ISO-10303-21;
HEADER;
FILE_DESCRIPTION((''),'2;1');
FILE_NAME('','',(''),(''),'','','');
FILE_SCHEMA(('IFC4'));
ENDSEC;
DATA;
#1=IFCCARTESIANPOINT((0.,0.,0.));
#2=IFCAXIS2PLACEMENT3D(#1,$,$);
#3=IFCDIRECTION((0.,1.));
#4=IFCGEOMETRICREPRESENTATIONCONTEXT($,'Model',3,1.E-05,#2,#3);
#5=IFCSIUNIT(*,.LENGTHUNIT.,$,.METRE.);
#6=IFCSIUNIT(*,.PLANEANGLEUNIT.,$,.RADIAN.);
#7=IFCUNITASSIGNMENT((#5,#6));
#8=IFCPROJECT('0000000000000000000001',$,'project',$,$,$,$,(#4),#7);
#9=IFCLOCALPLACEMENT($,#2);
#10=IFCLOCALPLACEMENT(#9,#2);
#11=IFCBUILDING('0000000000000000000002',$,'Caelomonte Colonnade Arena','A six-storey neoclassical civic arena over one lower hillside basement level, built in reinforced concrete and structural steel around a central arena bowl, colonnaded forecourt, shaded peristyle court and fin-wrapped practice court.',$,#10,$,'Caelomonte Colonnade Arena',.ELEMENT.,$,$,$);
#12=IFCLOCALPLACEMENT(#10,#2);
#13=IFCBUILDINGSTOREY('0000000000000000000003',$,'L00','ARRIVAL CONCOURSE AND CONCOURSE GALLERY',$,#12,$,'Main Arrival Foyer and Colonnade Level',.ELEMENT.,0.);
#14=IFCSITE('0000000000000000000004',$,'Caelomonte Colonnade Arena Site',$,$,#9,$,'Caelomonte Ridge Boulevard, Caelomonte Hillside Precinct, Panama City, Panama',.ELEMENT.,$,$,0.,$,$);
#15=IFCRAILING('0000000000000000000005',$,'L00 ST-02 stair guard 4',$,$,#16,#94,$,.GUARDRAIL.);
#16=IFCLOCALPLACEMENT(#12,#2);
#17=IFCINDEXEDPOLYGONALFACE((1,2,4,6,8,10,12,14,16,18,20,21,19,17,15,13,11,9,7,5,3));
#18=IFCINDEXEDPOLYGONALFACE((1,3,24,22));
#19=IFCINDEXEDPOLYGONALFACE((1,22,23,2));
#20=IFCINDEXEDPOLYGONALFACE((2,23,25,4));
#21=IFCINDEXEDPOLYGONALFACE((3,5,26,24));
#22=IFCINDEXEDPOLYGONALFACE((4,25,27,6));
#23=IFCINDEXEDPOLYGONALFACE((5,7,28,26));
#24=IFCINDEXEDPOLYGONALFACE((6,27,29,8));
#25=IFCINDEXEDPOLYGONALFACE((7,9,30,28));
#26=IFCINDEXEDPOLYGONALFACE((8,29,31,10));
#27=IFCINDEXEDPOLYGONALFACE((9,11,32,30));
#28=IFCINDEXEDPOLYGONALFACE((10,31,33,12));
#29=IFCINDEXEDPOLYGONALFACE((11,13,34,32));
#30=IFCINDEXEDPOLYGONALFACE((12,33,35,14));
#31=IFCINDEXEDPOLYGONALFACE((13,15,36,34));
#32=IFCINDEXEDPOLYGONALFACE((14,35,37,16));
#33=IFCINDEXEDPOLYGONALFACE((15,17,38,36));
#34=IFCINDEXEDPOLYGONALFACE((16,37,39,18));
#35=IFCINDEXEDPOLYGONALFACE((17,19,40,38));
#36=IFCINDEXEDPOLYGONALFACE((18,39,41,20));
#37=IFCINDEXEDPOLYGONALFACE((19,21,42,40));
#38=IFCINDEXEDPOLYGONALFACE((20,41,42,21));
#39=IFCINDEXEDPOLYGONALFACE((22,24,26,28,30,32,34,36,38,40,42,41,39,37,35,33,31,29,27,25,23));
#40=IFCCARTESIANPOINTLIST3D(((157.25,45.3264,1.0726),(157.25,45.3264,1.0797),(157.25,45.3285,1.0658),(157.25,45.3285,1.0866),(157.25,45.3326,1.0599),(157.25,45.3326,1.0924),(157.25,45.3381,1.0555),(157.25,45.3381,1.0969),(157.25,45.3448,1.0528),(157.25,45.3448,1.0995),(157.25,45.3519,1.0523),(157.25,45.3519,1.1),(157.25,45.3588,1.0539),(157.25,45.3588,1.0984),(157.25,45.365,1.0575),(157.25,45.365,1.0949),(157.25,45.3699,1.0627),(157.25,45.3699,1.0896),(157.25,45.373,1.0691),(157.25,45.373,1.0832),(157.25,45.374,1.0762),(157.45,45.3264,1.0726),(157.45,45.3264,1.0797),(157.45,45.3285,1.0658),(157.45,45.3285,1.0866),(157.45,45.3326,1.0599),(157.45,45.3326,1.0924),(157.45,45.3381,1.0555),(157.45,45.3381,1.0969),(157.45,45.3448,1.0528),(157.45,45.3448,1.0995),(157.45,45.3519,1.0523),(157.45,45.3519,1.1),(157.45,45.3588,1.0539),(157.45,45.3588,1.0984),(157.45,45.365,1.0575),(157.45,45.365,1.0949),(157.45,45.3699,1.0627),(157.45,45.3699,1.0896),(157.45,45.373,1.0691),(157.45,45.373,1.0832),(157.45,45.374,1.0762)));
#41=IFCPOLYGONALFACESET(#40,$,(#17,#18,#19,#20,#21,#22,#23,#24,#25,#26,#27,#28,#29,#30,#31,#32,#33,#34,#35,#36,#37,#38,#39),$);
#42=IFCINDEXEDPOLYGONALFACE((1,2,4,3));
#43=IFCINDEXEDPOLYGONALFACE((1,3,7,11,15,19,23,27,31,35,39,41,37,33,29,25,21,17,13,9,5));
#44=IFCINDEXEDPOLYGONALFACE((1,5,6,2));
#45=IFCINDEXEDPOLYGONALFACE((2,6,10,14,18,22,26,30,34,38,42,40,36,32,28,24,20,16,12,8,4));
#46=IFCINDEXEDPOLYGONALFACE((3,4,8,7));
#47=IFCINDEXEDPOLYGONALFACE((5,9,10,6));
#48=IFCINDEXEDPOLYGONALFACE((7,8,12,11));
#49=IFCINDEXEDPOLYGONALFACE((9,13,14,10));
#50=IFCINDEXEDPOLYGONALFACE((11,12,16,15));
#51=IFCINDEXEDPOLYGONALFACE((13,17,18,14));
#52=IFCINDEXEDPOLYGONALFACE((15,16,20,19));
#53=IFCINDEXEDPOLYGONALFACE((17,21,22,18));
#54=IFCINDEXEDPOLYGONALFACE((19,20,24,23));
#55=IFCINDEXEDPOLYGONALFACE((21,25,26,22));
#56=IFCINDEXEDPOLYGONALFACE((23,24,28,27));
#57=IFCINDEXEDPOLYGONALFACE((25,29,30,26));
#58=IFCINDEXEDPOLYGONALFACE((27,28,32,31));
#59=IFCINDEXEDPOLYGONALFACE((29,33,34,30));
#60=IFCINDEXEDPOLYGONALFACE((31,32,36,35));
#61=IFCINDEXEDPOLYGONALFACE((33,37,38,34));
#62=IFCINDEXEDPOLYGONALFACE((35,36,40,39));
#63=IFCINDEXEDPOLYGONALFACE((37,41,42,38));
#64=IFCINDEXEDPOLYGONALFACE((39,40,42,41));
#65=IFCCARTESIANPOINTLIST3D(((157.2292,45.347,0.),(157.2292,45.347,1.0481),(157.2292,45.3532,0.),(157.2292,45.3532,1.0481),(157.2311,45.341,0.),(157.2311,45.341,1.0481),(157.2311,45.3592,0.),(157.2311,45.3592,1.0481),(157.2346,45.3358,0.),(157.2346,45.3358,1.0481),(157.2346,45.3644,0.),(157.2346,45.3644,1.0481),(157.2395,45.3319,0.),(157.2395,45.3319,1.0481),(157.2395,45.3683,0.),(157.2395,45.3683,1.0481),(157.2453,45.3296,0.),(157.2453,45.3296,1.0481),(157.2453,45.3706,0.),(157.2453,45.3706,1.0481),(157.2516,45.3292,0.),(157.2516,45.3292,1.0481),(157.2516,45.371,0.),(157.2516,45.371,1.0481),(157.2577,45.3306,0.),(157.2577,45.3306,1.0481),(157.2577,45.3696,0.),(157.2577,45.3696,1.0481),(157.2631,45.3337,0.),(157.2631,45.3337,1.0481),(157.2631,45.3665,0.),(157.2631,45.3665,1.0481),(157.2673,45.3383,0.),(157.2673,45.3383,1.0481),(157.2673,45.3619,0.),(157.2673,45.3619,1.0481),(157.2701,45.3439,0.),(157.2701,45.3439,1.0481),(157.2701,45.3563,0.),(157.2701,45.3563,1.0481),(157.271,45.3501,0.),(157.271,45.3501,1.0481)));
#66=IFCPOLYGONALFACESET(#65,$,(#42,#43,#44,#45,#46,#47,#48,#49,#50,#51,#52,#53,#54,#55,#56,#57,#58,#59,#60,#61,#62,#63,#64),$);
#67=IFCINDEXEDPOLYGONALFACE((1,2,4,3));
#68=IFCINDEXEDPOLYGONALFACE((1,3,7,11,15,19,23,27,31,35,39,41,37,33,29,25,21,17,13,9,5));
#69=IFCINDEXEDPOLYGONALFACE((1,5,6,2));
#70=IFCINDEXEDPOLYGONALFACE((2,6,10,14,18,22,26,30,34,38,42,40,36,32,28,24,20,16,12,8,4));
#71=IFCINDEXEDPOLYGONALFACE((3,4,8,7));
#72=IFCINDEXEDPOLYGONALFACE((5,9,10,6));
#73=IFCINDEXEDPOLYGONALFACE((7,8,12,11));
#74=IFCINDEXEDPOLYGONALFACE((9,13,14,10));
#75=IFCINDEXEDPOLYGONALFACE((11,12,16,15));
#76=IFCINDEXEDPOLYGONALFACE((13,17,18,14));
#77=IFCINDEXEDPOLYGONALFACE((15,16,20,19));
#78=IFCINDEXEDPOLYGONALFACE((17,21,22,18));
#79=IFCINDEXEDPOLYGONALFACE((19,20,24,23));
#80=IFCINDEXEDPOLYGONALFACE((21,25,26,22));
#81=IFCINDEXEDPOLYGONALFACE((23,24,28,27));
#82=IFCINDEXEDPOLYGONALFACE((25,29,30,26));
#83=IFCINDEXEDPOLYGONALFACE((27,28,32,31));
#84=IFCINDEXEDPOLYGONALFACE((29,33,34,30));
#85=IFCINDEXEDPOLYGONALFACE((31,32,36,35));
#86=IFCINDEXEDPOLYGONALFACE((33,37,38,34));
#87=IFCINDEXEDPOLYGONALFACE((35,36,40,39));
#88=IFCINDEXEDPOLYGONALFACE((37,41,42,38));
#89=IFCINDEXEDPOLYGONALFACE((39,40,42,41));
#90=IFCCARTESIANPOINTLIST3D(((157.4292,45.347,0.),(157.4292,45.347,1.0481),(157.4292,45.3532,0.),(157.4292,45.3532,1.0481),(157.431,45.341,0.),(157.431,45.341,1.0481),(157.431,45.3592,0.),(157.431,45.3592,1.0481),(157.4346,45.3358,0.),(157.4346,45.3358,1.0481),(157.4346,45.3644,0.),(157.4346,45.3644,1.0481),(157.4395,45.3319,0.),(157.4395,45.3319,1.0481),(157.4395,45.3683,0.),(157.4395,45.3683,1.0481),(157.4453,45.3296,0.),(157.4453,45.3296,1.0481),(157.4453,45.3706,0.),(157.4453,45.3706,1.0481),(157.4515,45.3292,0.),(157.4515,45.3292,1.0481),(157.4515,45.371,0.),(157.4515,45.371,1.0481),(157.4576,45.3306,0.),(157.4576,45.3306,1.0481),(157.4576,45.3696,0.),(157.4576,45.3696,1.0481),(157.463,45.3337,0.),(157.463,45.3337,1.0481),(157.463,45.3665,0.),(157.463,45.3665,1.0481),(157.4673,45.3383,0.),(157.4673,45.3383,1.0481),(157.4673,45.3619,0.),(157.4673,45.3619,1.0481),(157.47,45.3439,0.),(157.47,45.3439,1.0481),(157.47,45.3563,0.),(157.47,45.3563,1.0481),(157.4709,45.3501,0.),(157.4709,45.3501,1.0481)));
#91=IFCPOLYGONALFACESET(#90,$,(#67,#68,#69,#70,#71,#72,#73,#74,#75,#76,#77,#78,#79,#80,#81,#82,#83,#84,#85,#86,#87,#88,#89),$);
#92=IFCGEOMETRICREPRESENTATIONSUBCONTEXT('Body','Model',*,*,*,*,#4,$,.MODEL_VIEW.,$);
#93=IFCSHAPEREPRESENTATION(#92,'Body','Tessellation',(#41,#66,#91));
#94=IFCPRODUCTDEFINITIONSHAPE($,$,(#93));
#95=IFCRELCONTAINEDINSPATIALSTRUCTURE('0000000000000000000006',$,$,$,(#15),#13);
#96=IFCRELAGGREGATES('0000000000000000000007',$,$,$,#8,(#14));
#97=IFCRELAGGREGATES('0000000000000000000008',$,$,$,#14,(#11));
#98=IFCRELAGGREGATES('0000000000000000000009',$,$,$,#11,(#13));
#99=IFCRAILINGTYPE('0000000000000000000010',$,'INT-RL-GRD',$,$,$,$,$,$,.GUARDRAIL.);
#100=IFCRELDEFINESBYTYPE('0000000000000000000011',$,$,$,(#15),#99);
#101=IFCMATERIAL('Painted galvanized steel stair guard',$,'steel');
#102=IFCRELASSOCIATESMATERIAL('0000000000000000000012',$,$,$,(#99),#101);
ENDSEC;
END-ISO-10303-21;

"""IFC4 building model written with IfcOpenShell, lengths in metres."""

from ifc_helpers import new_model, si_unit, direction, frame, origin, origin_2d, place, context, subcontext, project, spatial, circle, extrude, material, type_object, element, save


model = new_model("IFC4")

# Units and contexts
model_context = context("Model", 3, precision=1e-05, world=origin(), true_north=direction((0.0, 1.0)))
body_context = subcontext(model_context, "Body", "Model", "MODEL_VIEW")
ifc_project = project(units=[si_unit("LENGTHUNIT", "METRE"), si_unit("PLANEANGLEUNIT", "RADIAN")], contexts=[model_context])

# Site, building, storey
site_placement = place(None, origin())
site = spatial("IfcSite", under=ifc_project, at=site_placement, Name="Caelomonte Colonnade Arena Site", LongName="Caelomonte Ridge Boulevard, Caelomonte Hillside Precinct, Panama City, Panama", CompositionType="ELEMENT", RefElevation=0.0)
building_placement = place(site_placement, origin())
building = spatial("IfcBuilding", under=site, at=building_placement, Name="Caelomonte Colonnade Arena", Description="A six-storey neoclassical civic arena over one lower hillside basement level, built in reinforced concrete and structural steel around a central arena bowl, colonnaded forecourt, shaded peristyle court and fin-wrapped practice court.", LongName="Caelomonte Colonnade Arena", CompositionType="ELEMENT")
storey_placement = place(building_placement, origin())
storey = spatial("IfcBuildingStorey", under=building, at=storey_placement, Name="L00", Description="ARRIVAL CONCOURSE AND CONCOURSE GALLERY", LongName="Main Arrival Foyer and Colonnade Level", CompositionType="ELEMENT", Elevation=0.0)

# Railing
ifc_material_1 = material(Name="Painted galvanized steel stair guard", Category="steel")
railing_type_1 = type_object("IfcRailingType", Name="INT-RL-GRD", PredefinedType="GUARDRAIL", material=ifc_material_1)
railing_1_placement = place(storey_placement, frame((157.25, 45.3501, 0.0)))
element("IfcRailing", 1, at=railing_1_placement, inside=storey, type_object=railing_type_1, Name="L00 ST-02 stair guard 4", PredefinedType="GUARDRAIL", context=body_context, shape_type="SweptSolid", body=[
    extrude(circle(Radius=0.0239, at=origin_2d()), frame((0.0, 0.0, 1.0762), z_axis=(1.0, 0.0, 0.0), x_axis=(0.0, 1.0, 0.0)), (0.0, 0.0, 1.0), 0.2),
    extrude(circle(Radius=0.021, at=origin_2d()), origin(), (0.0, 0.0, 1.0), 1.0481),
    extrude(circle(Radius=0.021, at=origin_2d()), frame((0.2, 0.0, 0.0)), (0.0, 0.0, 1.0), 1.0481),
])

save(model, "model.ifc")
